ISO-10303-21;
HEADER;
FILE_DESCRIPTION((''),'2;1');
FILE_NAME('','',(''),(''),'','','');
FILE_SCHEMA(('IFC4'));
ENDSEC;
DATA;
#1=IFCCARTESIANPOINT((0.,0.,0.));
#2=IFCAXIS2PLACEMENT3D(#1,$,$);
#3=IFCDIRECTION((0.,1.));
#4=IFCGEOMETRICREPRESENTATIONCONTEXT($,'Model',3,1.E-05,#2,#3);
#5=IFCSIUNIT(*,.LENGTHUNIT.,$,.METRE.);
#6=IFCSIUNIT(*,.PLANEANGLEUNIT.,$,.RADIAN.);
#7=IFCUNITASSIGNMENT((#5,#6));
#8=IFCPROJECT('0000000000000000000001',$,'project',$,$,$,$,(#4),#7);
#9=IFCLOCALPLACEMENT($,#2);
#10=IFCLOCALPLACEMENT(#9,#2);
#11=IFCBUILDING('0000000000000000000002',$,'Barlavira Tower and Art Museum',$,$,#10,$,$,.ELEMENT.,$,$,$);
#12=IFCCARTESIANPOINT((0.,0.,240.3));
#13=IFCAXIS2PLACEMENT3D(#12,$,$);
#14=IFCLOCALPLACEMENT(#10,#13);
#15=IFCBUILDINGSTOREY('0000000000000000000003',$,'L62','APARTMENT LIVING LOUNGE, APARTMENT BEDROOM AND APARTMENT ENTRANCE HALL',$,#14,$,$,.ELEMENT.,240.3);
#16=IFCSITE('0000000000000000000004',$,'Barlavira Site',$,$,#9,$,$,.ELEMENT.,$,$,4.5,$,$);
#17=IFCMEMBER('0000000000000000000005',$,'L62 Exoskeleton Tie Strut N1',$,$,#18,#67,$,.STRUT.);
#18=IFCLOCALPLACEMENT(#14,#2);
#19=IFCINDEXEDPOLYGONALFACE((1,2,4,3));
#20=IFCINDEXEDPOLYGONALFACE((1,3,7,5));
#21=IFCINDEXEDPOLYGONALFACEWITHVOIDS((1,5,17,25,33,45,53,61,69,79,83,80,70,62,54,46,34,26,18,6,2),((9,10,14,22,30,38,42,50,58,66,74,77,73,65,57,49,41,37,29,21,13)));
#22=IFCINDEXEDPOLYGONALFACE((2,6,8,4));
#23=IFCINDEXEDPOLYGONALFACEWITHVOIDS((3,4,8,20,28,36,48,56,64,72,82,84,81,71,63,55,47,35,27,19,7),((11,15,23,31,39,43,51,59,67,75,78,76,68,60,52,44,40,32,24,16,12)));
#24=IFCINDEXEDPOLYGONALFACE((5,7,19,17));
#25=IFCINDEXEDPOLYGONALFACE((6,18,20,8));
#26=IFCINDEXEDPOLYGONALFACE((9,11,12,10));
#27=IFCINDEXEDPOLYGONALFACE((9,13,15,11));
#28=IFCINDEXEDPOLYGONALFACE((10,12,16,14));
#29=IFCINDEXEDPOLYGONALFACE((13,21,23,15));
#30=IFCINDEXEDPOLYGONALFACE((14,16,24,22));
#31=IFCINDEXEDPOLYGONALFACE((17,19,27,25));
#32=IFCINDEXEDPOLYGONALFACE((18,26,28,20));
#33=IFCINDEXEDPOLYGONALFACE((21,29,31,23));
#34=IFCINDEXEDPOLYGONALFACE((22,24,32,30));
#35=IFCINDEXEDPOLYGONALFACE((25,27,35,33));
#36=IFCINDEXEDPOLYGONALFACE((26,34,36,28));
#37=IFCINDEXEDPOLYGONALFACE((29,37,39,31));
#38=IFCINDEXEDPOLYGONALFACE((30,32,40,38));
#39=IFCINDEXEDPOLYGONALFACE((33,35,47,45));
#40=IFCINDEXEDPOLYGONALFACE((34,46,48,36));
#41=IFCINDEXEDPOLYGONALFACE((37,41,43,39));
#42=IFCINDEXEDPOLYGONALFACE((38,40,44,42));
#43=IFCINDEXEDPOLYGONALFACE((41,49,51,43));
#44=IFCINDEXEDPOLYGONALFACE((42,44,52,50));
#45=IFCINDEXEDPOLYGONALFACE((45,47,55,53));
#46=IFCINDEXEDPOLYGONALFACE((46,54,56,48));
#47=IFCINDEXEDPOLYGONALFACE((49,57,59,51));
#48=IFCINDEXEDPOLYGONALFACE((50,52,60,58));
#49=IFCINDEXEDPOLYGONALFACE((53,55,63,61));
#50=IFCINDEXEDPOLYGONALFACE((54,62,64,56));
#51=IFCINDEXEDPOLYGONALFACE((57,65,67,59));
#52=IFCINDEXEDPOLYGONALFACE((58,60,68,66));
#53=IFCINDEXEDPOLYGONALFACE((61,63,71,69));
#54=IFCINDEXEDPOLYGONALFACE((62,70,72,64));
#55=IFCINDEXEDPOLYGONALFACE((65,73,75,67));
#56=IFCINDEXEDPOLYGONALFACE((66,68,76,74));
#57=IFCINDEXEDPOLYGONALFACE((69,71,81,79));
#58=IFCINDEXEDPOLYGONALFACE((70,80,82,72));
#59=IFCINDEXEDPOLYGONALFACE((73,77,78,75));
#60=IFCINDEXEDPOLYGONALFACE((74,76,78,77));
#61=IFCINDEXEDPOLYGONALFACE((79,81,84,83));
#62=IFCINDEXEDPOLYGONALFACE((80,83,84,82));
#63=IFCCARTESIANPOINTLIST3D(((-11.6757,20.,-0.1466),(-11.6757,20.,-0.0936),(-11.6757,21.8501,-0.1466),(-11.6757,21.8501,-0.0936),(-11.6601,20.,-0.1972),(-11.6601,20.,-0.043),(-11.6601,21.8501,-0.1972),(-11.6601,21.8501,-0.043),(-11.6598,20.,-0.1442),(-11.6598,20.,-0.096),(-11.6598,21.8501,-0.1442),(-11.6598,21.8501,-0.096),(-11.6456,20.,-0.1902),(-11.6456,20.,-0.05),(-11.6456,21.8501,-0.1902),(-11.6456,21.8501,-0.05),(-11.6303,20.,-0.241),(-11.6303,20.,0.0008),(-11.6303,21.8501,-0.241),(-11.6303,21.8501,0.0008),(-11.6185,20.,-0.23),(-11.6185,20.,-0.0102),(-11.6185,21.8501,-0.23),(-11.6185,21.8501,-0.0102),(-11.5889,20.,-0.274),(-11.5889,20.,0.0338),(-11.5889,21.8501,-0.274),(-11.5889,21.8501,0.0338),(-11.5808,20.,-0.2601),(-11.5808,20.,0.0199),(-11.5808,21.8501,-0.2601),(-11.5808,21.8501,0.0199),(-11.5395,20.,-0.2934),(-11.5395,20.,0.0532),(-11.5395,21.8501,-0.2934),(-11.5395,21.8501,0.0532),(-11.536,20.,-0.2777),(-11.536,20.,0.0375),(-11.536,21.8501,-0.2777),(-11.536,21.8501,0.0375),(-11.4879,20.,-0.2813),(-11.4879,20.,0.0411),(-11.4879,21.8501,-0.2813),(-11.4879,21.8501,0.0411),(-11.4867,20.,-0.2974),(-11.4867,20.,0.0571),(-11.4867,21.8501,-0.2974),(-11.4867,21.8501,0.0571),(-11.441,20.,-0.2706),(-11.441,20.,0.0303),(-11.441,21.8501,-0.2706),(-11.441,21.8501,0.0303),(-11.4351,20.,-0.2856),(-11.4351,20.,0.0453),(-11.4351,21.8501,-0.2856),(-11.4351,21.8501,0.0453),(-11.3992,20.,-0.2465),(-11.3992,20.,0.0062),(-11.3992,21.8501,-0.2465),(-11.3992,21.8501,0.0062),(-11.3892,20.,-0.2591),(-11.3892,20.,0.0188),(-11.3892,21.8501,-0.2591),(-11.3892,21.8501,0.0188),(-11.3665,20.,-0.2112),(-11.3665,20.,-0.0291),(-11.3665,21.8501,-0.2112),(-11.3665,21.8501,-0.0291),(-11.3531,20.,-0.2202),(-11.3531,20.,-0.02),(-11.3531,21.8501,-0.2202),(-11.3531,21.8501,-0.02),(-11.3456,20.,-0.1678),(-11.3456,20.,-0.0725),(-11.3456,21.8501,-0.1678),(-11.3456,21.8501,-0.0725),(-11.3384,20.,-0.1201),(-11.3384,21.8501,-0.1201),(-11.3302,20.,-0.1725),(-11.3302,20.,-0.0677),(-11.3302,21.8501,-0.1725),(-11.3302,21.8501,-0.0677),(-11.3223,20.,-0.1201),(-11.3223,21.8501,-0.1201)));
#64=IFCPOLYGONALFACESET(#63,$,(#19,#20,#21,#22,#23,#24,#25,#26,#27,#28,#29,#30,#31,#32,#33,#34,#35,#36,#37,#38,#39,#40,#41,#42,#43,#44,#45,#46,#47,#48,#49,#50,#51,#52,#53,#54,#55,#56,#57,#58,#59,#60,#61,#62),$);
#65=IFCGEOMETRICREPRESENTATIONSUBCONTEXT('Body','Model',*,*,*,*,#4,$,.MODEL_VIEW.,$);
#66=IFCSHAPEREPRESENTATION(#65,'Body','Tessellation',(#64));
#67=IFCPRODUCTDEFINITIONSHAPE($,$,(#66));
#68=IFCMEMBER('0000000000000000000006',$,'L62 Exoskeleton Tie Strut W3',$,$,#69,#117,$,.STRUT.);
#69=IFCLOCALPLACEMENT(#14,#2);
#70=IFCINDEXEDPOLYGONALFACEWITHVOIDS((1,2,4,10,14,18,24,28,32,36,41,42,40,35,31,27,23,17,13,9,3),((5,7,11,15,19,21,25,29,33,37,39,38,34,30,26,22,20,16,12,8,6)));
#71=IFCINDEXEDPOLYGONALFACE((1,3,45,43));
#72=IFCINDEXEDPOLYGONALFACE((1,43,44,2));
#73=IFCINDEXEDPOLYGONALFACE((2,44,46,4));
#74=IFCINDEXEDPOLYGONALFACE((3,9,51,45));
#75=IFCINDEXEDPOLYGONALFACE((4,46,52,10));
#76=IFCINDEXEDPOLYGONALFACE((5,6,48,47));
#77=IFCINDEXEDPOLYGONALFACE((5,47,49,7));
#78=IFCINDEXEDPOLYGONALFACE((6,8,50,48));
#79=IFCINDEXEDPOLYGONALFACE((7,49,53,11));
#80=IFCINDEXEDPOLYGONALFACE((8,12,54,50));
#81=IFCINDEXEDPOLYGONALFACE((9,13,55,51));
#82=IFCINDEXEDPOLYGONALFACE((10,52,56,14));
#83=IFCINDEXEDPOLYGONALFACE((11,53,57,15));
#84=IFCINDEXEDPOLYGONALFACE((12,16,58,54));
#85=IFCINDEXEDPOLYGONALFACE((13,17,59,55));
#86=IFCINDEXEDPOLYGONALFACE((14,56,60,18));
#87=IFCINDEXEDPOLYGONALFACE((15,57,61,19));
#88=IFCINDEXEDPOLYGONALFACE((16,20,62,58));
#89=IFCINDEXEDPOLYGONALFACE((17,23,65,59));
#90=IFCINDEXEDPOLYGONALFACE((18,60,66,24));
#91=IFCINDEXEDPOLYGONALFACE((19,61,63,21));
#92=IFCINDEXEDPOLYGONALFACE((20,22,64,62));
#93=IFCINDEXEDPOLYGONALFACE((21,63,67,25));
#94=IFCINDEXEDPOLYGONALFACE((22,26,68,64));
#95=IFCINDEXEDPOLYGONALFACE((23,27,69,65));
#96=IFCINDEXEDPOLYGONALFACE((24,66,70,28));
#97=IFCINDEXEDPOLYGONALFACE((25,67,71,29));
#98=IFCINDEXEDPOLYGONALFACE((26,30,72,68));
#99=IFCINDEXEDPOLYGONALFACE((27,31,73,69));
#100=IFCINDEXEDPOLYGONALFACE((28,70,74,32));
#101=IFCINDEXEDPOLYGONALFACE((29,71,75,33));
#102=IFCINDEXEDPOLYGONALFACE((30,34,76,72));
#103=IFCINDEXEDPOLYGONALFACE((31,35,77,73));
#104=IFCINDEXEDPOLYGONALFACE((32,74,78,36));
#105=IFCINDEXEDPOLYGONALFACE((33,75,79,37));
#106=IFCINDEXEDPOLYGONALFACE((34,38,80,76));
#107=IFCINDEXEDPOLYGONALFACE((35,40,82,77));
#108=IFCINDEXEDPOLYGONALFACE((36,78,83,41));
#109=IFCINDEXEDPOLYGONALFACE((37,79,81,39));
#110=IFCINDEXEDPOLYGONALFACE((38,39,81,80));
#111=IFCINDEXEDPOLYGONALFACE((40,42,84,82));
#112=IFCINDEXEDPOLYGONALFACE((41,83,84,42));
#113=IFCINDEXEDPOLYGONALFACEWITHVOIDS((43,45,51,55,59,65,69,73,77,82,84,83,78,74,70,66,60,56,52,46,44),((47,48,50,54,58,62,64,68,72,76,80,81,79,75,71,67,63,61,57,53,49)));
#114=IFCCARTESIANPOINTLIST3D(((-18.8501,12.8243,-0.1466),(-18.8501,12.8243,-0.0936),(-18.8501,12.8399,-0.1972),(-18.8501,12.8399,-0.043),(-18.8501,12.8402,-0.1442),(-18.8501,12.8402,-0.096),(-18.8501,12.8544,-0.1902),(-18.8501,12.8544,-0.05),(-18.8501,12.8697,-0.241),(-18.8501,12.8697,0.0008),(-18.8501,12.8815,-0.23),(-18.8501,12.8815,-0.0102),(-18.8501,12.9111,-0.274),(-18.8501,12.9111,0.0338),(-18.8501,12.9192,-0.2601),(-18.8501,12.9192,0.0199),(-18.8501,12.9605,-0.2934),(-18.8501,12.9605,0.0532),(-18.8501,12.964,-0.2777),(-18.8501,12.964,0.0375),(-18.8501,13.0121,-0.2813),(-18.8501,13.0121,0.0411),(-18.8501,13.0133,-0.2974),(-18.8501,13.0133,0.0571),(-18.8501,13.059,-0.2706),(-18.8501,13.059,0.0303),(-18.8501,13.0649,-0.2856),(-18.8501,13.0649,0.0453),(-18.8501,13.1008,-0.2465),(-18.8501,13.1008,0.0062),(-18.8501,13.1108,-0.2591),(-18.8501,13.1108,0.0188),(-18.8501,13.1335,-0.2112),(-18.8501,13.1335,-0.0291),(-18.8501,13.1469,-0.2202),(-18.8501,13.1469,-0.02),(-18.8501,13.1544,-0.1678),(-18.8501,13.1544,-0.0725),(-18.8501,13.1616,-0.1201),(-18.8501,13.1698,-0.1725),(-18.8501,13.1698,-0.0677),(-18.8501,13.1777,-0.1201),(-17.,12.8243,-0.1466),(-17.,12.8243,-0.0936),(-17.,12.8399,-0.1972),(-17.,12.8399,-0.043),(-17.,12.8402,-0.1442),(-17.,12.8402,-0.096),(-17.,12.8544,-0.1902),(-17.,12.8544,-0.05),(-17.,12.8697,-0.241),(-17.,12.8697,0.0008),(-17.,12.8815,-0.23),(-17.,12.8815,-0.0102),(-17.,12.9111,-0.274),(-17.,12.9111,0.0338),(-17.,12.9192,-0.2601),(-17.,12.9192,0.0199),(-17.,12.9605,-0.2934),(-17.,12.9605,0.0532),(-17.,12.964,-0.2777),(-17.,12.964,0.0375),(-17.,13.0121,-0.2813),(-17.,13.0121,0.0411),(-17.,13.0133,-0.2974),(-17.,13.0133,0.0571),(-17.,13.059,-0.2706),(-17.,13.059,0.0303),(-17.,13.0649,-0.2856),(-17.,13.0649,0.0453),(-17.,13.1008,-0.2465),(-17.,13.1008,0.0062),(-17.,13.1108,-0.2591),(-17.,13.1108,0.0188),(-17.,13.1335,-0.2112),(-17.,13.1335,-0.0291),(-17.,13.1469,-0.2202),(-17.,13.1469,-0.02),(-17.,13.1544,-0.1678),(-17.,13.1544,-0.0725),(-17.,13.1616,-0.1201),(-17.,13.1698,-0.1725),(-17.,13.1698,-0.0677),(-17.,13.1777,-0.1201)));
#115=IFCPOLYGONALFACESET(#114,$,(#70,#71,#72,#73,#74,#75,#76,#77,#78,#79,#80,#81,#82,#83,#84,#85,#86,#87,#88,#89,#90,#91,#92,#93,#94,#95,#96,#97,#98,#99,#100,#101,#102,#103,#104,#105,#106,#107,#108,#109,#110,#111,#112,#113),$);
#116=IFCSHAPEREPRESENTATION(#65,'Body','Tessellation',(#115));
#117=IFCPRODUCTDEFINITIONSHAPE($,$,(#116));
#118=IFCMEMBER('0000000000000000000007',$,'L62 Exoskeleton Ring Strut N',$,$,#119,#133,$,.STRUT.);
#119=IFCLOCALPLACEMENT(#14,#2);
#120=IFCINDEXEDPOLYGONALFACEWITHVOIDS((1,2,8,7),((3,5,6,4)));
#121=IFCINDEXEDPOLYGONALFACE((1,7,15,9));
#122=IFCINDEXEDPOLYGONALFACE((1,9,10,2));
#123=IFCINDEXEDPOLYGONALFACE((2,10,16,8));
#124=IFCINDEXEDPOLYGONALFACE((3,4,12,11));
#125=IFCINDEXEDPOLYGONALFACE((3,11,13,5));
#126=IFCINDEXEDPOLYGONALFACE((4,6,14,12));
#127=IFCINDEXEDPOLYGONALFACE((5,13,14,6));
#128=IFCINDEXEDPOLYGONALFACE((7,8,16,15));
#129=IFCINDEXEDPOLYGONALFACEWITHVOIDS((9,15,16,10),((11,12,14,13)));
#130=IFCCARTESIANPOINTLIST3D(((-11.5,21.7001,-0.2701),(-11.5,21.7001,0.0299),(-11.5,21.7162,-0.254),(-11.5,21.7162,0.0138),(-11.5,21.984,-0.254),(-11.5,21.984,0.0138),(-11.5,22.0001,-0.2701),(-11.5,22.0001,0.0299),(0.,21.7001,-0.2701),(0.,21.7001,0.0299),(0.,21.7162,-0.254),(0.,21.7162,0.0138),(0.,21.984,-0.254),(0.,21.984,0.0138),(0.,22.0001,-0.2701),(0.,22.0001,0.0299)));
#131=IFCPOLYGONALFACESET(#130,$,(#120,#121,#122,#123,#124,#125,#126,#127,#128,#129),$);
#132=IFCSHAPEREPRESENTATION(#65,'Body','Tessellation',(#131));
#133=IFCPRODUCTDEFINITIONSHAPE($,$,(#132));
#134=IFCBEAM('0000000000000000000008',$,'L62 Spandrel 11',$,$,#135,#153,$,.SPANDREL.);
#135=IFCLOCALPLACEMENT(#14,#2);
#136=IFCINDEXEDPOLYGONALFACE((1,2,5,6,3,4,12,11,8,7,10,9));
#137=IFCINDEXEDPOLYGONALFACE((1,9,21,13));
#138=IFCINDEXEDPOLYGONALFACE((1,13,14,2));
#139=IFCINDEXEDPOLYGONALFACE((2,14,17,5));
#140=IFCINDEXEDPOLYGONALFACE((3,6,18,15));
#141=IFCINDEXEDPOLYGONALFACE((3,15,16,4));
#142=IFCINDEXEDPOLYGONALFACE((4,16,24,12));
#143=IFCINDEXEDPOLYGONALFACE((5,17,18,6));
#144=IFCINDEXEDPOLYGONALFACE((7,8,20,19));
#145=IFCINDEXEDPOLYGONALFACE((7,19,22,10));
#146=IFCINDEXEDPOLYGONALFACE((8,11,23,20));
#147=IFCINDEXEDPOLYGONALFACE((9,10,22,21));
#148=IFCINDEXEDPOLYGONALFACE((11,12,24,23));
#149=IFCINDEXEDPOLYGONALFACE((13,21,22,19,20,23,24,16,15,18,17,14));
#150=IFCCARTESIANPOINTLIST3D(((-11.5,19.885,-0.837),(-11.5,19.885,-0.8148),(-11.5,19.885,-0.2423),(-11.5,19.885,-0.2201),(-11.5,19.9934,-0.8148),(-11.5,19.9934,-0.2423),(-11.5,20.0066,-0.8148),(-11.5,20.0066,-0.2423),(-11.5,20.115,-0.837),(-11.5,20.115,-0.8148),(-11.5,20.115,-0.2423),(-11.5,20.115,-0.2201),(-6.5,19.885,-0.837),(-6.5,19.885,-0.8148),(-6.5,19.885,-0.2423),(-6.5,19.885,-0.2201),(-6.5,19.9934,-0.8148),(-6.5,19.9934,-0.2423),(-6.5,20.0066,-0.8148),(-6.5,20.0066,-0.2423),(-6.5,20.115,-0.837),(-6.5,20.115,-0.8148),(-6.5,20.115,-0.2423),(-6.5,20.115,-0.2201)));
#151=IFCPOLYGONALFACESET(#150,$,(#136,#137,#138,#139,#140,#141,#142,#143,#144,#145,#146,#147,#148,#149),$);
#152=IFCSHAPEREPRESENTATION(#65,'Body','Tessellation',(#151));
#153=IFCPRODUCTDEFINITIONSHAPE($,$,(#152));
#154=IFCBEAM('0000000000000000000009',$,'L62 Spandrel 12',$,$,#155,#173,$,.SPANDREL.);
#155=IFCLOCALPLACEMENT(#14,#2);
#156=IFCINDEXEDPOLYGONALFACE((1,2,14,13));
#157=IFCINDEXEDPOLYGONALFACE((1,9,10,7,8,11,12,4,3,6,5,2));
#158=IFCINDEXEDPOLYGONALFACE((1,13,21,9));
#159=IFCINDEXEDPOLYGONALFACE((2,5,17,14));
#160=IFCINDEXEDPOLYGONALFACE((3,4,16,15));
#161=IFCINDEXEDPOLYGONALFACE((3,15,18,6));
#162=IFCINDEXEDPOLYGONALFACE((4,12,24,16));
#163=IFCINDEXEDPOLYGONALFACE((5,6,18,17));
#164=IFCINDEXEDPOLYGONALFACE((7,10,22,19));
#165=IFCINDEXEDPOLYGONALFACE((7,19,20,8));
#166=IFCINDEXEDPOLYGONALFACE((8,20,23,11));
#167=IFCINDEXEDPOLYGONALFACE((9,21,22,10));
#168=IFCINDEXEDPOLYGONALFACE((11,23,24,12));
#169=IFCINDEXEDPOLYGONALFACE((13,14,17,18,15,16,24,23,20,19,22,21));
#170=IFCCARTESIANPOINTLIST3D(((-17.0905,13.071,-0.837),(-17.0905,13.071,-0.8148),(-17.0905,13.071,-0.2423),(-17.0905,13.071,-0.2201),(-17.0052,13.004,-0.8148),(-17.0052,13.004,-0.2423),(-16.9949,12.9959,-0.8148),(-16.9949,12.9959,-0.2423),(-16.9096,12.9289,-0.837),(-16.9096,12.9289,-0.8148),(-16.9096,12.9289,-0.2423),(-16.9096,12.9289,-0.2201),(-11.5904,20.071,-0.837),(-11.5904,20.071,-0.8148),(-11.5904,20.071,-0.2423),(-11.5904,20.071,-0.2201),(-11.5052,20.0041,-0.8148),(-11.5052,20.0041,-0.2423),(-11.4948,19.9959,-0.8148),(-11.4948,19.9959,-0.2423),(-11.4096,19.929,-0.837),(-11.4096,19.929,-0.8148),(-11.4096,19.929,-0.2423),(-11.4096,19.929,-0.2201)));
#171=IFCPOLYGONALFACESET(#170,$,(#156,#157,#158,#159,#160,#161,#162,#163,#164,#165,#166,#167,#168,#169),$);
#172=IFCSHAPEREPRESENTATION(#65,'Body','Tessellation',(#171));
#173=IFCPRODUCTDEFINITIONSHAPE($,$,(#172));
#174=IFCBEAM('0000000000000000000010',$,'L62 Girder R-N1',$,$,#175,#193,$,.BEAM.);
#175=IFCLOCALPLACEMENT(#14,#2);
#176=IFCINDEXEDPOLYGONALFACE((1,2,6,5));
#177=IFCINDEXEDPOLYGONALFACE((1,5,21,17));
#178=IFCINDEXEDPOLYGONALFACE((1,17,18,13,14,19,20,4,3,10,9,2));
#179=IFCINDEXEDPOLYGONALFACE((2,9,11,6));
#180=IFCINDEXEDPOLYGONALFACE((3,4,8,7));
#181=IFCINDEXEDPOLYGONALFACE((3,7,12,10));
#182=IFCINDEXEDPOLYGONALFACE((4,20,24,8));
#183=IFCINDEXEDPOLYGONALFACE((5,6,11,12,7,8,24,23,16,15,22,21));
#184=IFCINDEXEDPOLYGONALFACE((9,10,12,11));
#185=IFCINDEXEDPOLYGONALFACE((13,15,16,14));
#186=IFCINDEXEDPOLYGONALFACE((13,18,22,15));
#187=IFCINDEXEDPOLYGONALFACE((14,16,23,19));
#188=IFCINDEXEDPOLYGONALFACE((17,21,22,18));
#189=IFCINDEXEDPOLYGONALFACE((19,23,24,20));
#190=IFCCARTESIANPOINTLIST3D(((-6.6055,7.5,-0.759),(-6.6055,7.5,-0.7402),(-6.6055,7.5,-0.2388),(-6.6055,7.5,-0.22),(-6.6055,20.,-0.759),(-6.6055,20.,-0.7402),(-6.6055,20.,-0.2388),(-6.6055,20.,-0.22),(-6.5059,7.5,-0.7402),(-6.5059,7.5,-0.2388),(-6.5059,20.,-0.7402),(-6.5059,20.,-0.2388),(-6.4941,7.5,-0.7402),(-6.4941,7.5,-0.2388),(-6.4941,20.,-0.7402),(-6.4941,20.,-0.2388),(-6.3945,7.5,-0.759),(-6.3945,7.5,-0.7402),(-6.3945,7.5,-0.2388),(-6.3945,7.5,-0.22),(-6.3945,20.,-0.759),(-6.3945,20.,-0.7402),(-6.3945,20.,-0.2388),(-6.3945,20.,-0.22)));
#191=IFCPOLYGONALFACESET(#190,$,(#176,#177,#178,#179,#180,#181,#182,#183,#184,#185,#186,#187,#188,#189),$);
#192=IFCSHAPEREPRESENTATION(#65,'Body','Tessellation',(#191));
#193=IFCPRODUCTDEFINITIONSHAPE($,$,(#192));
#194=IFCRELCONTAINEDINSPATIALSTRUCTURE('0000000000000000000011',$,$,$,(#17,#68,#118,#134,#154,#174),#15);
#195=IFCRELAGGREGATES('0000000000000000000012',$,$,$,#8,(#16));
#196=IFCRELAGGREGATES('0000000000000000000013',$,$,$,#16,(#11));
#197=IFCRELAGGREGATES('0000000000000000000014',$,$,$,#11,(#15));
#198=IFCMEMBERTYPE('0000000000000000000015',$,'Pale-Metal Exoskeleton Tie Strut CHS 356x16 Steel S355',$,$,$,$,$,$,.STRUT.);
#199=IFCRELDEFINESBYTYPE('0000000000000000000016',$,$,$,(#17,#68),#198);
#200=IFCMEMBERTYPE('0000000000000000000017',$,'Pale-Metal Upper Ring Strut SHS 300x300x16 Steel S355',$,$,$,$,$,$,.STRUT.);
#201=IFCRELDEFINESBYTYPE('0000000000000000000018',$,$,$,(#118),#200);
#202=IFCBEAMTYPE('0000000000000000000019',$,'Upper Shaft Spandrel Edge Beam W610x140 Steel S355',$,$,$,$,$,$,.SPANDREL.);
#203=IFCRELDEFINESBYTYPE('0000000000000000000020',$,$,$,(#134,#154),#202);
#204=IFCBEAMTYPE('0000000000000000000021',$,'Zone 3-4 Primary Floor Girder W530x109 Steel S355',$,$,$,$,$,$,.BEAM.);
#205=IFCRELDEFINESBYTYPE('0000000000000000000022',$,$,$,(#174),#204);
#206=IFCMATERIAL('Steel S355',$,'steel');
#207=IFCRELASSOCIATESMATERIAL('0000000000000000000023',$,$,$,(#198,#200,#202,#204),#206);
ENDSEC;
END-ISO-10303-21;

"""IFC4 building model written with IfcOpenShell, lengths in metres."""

from ifc_helpers import new_model, si_unit, direction, frame, origin, origin_2d, place, context, subcontext, project, spatial, hollow_rectangle, hollow_circle, i_section, extrude, material, material_profile, profile_set, type_object, element, save


model = new_model("IFC4")

# Units and contexts
model_context = context("Model", 3, precision=1e-05, world=origin(), true_north=direction((0.0, 1.0)))
body_context = subcontext(model_context, "Body", "Model", "MODEL_VIEW")
ifc_project = project(units=[si_unit("LENGTHUNIT", "METRE"), si_unit("PLANEANGLEUNIT", "RADIAN")], contexts=[model_context])

# Site, building, storey
site_placement = place(None, origin())
site = spatial("IfcSite", under=ifc_project, at=site_placement, Name="Barlavira Site", CompositionType="ELEMENT", RefElevation=4.5)
building_placement = place(site_placement, origin())
building = spatial("IfcBuilding", under=site, at=building_placement, Name="Barlavira Tower and Art Museum", CompositionType="ELEMENT")
storey_placement = place(building_placement, frame((0.0, 0.0, 240.3)))
storey = spatial("IfcBuildingStorey", under=building, at=storey_placement, Name="L62", Description="APARTMENT LIVING LOUNGE, APARTMENT BEDROOM AND APARTMENT ENTRANCE HALL", CompositionType="ELEMENT", Elevation=240.3)

# Members
ifc_material_1 = material(Name="Steel S355", Category="steel")
ifc_material_profile_1 = material_profile(ifc_material_1, hollow_circle(Radius=0.1777, WallThickness=0.0161, at=origin_2d()), Name="CHS 355.6x16.0")
ifc_profile_set_1 = profile_set([ifc_material_profile_1], Name="Steel S355")
member_type_1 = type_object("IfcMemberType", Name="Pale-Metal Exoskeleton Tie Strut CHS 356x16 Steel S355", PredefinedType="STRUT", material=ifc_profile_set_1)
for number, where, z_axis, x_axis, name in (
    (1, (-11.5, 21.8501, -0.1201), (0.0, -1.0, 0.0), (1.0, 0.0, 0.0), "L62 Exoskeleton Tie Strut N1"),
    (2, (-18.8501, 13.0, -0.1201), (1.0, 0.0, 0.0), (0.0, 1.0, 0.0), "L62 Exoskeleton Tie Strut W3"),
):
    element("IfcMember", number, at=place(storey_placement, frame(where, z_axis=z_axis, x_axis=x_axis)), inside=storey, type_object=member_type_1, Name=name, PredefinedType="STRUT", context=body_context, shape_type="SweptSolid", body=[
        extrude(hollow_circle(Radius=0.1777, WallThickness=0.0161, at=origin_2d()), origin(), (0.0, 0.0, 1.0), 1.8501),
    ])
ifc_material_profile_2 = material_profile(ifc_material_1, hollow_rectangle(XDim=0.3, YDim=0.3, WallThickness=0.0161, at=origin_2d()), Name="SHS 300x300x16.0")
ifc_profile_set_2 = profile_set([ifc_material_profile_2], Name="Steel S355")
member_type_2 = type_object("IfcMemberType", Name="Pale-Metal Upper Ring Strut SHS 300x300x16 Steel S355", PredefinedType="STRUT", material=ifc_profile_set_2)
member_1_placement = place(storey_placement, frame((-11.5, 21.8501, -0.1201), z_axis=(1.0, 0.0, 0.0), x_axis=(0.0, 1.0, 0.0)))
element("IfcMember", 3, at=member_1_placement, inside=storey, type_object=member_type_2, Name="L62 Exoskeleton Ring Strut N", PredefinedType="STRUT", context=body_context, shape_type="SweptSolid", body=[
    extrude(hollow_rectangle(XDim=0.3, YDim=0.3, WallThickness=0.0161, at=origin_2d()), origin(), (0.0, 0.0, 1.0), 11.5),
])

# Beams
ifc_material_profile_3 = material_profile(ifc_material_1, i_section(OverallWidth=0.23, OverallDepth=0.6169, WebThickness=0.0132, FlangeThickness=0.0222, at=origin_2d()), Name="W610x140.0")
ifc_profile_set_3 = profile_set([ifc_material_profile_3], Name="Steel S355")
beam_type_1 = type_object("IfcBeamType", Name="Upper Shaft Spandrel Edge Beam W610x140 Steel S355", PredefinedType="SPANDREL", material=ifc_profile_set_3)
beam_1_placement = place(storey_placement, frame((-11.5, 20.0, -0.5286), z_axis=(1.0, 0.0, 0.0), x_axis=(0.0, 1.0, 0.0)))
element("IfcBeam", 4, at=beam_1_placement, inside=storey, type_object=beam_type_1, Name="L62 Spandrel 11", PredefinedType="SPANDREL", context=body_context, shape_type="SweptSolid", body=[
    extrude(i_section(OverallWidth=0.23, OverallDepth=0.6169, WebThickness=0.0132, FlangeThickness=0.0222, at=origin_2d()), origin(), (0.0, 0.0, 1.0), 5.0),
])
beam_2_placement = place(storey_placement, frame((-11.5, 20.0, -0.5286), z_axis=(-0.617822, -0.786318, 0.0), x_axis=(0.786318, -0.617822, 0.0)))
element("IfcBeam", 5, at=beam_2_placement, inside=storey, type_object=beam_type_1, Name="L62 Spandrel 12", PredefinedType="SPANDREL", context=body_context, shape_type="SweptSolid", body=[
    extrude(i_section(OverallWidth=0.23, OverallDepth=0.6169, WebThickness=0.0132, FlangeThickness=0.0222, at=origin_2d()), origin(), (0.0, 0.0, 1.0), 8.9023),
])
ifc_material_profile_4 = material_profile(ifc_material_1, i_section(OverallWidth=0.2109, OverallDepth=0.5391, WebThickness=0.0117, FlangeThickness=0.0188, at=origin_2d()), Name="W530x109.0")
ifc_profile_set_4 = profile_set([ifc_material_profile_4], Name="Steel S355")
beam_type_2 = type_object("IfcBeamType", Name="Zone 3-4 Primary Floor Girder W530x109 Steel S355", PredefinedType="BEAM", material=ifc_profile_set_4)
beam_3_placement = place(storey_placement, frame((-6.5, 7.5, -0.4895), z_axis=(0.0, 1.0, 0.0), x_axis=(-1.0, 0.0, 0.0)))
element("IfcBeam", 6, at=beam_3_placement, inside=storey, type_object=beam_type_2, Name="L62 Girder R-N1", PredefinedType="BEAM", context=body_context, shape_type="SweptSolid", body=[
    extrude(i_section(OverallWidth=0.2109, OverallDepth=0.5391, WebThickness=0.0117, FlangeThickness=0.0188, at=origin_2d()), origin(), (0.0, 0.0, 1.0), 12.5),
])

save(model, "model.ifc")
